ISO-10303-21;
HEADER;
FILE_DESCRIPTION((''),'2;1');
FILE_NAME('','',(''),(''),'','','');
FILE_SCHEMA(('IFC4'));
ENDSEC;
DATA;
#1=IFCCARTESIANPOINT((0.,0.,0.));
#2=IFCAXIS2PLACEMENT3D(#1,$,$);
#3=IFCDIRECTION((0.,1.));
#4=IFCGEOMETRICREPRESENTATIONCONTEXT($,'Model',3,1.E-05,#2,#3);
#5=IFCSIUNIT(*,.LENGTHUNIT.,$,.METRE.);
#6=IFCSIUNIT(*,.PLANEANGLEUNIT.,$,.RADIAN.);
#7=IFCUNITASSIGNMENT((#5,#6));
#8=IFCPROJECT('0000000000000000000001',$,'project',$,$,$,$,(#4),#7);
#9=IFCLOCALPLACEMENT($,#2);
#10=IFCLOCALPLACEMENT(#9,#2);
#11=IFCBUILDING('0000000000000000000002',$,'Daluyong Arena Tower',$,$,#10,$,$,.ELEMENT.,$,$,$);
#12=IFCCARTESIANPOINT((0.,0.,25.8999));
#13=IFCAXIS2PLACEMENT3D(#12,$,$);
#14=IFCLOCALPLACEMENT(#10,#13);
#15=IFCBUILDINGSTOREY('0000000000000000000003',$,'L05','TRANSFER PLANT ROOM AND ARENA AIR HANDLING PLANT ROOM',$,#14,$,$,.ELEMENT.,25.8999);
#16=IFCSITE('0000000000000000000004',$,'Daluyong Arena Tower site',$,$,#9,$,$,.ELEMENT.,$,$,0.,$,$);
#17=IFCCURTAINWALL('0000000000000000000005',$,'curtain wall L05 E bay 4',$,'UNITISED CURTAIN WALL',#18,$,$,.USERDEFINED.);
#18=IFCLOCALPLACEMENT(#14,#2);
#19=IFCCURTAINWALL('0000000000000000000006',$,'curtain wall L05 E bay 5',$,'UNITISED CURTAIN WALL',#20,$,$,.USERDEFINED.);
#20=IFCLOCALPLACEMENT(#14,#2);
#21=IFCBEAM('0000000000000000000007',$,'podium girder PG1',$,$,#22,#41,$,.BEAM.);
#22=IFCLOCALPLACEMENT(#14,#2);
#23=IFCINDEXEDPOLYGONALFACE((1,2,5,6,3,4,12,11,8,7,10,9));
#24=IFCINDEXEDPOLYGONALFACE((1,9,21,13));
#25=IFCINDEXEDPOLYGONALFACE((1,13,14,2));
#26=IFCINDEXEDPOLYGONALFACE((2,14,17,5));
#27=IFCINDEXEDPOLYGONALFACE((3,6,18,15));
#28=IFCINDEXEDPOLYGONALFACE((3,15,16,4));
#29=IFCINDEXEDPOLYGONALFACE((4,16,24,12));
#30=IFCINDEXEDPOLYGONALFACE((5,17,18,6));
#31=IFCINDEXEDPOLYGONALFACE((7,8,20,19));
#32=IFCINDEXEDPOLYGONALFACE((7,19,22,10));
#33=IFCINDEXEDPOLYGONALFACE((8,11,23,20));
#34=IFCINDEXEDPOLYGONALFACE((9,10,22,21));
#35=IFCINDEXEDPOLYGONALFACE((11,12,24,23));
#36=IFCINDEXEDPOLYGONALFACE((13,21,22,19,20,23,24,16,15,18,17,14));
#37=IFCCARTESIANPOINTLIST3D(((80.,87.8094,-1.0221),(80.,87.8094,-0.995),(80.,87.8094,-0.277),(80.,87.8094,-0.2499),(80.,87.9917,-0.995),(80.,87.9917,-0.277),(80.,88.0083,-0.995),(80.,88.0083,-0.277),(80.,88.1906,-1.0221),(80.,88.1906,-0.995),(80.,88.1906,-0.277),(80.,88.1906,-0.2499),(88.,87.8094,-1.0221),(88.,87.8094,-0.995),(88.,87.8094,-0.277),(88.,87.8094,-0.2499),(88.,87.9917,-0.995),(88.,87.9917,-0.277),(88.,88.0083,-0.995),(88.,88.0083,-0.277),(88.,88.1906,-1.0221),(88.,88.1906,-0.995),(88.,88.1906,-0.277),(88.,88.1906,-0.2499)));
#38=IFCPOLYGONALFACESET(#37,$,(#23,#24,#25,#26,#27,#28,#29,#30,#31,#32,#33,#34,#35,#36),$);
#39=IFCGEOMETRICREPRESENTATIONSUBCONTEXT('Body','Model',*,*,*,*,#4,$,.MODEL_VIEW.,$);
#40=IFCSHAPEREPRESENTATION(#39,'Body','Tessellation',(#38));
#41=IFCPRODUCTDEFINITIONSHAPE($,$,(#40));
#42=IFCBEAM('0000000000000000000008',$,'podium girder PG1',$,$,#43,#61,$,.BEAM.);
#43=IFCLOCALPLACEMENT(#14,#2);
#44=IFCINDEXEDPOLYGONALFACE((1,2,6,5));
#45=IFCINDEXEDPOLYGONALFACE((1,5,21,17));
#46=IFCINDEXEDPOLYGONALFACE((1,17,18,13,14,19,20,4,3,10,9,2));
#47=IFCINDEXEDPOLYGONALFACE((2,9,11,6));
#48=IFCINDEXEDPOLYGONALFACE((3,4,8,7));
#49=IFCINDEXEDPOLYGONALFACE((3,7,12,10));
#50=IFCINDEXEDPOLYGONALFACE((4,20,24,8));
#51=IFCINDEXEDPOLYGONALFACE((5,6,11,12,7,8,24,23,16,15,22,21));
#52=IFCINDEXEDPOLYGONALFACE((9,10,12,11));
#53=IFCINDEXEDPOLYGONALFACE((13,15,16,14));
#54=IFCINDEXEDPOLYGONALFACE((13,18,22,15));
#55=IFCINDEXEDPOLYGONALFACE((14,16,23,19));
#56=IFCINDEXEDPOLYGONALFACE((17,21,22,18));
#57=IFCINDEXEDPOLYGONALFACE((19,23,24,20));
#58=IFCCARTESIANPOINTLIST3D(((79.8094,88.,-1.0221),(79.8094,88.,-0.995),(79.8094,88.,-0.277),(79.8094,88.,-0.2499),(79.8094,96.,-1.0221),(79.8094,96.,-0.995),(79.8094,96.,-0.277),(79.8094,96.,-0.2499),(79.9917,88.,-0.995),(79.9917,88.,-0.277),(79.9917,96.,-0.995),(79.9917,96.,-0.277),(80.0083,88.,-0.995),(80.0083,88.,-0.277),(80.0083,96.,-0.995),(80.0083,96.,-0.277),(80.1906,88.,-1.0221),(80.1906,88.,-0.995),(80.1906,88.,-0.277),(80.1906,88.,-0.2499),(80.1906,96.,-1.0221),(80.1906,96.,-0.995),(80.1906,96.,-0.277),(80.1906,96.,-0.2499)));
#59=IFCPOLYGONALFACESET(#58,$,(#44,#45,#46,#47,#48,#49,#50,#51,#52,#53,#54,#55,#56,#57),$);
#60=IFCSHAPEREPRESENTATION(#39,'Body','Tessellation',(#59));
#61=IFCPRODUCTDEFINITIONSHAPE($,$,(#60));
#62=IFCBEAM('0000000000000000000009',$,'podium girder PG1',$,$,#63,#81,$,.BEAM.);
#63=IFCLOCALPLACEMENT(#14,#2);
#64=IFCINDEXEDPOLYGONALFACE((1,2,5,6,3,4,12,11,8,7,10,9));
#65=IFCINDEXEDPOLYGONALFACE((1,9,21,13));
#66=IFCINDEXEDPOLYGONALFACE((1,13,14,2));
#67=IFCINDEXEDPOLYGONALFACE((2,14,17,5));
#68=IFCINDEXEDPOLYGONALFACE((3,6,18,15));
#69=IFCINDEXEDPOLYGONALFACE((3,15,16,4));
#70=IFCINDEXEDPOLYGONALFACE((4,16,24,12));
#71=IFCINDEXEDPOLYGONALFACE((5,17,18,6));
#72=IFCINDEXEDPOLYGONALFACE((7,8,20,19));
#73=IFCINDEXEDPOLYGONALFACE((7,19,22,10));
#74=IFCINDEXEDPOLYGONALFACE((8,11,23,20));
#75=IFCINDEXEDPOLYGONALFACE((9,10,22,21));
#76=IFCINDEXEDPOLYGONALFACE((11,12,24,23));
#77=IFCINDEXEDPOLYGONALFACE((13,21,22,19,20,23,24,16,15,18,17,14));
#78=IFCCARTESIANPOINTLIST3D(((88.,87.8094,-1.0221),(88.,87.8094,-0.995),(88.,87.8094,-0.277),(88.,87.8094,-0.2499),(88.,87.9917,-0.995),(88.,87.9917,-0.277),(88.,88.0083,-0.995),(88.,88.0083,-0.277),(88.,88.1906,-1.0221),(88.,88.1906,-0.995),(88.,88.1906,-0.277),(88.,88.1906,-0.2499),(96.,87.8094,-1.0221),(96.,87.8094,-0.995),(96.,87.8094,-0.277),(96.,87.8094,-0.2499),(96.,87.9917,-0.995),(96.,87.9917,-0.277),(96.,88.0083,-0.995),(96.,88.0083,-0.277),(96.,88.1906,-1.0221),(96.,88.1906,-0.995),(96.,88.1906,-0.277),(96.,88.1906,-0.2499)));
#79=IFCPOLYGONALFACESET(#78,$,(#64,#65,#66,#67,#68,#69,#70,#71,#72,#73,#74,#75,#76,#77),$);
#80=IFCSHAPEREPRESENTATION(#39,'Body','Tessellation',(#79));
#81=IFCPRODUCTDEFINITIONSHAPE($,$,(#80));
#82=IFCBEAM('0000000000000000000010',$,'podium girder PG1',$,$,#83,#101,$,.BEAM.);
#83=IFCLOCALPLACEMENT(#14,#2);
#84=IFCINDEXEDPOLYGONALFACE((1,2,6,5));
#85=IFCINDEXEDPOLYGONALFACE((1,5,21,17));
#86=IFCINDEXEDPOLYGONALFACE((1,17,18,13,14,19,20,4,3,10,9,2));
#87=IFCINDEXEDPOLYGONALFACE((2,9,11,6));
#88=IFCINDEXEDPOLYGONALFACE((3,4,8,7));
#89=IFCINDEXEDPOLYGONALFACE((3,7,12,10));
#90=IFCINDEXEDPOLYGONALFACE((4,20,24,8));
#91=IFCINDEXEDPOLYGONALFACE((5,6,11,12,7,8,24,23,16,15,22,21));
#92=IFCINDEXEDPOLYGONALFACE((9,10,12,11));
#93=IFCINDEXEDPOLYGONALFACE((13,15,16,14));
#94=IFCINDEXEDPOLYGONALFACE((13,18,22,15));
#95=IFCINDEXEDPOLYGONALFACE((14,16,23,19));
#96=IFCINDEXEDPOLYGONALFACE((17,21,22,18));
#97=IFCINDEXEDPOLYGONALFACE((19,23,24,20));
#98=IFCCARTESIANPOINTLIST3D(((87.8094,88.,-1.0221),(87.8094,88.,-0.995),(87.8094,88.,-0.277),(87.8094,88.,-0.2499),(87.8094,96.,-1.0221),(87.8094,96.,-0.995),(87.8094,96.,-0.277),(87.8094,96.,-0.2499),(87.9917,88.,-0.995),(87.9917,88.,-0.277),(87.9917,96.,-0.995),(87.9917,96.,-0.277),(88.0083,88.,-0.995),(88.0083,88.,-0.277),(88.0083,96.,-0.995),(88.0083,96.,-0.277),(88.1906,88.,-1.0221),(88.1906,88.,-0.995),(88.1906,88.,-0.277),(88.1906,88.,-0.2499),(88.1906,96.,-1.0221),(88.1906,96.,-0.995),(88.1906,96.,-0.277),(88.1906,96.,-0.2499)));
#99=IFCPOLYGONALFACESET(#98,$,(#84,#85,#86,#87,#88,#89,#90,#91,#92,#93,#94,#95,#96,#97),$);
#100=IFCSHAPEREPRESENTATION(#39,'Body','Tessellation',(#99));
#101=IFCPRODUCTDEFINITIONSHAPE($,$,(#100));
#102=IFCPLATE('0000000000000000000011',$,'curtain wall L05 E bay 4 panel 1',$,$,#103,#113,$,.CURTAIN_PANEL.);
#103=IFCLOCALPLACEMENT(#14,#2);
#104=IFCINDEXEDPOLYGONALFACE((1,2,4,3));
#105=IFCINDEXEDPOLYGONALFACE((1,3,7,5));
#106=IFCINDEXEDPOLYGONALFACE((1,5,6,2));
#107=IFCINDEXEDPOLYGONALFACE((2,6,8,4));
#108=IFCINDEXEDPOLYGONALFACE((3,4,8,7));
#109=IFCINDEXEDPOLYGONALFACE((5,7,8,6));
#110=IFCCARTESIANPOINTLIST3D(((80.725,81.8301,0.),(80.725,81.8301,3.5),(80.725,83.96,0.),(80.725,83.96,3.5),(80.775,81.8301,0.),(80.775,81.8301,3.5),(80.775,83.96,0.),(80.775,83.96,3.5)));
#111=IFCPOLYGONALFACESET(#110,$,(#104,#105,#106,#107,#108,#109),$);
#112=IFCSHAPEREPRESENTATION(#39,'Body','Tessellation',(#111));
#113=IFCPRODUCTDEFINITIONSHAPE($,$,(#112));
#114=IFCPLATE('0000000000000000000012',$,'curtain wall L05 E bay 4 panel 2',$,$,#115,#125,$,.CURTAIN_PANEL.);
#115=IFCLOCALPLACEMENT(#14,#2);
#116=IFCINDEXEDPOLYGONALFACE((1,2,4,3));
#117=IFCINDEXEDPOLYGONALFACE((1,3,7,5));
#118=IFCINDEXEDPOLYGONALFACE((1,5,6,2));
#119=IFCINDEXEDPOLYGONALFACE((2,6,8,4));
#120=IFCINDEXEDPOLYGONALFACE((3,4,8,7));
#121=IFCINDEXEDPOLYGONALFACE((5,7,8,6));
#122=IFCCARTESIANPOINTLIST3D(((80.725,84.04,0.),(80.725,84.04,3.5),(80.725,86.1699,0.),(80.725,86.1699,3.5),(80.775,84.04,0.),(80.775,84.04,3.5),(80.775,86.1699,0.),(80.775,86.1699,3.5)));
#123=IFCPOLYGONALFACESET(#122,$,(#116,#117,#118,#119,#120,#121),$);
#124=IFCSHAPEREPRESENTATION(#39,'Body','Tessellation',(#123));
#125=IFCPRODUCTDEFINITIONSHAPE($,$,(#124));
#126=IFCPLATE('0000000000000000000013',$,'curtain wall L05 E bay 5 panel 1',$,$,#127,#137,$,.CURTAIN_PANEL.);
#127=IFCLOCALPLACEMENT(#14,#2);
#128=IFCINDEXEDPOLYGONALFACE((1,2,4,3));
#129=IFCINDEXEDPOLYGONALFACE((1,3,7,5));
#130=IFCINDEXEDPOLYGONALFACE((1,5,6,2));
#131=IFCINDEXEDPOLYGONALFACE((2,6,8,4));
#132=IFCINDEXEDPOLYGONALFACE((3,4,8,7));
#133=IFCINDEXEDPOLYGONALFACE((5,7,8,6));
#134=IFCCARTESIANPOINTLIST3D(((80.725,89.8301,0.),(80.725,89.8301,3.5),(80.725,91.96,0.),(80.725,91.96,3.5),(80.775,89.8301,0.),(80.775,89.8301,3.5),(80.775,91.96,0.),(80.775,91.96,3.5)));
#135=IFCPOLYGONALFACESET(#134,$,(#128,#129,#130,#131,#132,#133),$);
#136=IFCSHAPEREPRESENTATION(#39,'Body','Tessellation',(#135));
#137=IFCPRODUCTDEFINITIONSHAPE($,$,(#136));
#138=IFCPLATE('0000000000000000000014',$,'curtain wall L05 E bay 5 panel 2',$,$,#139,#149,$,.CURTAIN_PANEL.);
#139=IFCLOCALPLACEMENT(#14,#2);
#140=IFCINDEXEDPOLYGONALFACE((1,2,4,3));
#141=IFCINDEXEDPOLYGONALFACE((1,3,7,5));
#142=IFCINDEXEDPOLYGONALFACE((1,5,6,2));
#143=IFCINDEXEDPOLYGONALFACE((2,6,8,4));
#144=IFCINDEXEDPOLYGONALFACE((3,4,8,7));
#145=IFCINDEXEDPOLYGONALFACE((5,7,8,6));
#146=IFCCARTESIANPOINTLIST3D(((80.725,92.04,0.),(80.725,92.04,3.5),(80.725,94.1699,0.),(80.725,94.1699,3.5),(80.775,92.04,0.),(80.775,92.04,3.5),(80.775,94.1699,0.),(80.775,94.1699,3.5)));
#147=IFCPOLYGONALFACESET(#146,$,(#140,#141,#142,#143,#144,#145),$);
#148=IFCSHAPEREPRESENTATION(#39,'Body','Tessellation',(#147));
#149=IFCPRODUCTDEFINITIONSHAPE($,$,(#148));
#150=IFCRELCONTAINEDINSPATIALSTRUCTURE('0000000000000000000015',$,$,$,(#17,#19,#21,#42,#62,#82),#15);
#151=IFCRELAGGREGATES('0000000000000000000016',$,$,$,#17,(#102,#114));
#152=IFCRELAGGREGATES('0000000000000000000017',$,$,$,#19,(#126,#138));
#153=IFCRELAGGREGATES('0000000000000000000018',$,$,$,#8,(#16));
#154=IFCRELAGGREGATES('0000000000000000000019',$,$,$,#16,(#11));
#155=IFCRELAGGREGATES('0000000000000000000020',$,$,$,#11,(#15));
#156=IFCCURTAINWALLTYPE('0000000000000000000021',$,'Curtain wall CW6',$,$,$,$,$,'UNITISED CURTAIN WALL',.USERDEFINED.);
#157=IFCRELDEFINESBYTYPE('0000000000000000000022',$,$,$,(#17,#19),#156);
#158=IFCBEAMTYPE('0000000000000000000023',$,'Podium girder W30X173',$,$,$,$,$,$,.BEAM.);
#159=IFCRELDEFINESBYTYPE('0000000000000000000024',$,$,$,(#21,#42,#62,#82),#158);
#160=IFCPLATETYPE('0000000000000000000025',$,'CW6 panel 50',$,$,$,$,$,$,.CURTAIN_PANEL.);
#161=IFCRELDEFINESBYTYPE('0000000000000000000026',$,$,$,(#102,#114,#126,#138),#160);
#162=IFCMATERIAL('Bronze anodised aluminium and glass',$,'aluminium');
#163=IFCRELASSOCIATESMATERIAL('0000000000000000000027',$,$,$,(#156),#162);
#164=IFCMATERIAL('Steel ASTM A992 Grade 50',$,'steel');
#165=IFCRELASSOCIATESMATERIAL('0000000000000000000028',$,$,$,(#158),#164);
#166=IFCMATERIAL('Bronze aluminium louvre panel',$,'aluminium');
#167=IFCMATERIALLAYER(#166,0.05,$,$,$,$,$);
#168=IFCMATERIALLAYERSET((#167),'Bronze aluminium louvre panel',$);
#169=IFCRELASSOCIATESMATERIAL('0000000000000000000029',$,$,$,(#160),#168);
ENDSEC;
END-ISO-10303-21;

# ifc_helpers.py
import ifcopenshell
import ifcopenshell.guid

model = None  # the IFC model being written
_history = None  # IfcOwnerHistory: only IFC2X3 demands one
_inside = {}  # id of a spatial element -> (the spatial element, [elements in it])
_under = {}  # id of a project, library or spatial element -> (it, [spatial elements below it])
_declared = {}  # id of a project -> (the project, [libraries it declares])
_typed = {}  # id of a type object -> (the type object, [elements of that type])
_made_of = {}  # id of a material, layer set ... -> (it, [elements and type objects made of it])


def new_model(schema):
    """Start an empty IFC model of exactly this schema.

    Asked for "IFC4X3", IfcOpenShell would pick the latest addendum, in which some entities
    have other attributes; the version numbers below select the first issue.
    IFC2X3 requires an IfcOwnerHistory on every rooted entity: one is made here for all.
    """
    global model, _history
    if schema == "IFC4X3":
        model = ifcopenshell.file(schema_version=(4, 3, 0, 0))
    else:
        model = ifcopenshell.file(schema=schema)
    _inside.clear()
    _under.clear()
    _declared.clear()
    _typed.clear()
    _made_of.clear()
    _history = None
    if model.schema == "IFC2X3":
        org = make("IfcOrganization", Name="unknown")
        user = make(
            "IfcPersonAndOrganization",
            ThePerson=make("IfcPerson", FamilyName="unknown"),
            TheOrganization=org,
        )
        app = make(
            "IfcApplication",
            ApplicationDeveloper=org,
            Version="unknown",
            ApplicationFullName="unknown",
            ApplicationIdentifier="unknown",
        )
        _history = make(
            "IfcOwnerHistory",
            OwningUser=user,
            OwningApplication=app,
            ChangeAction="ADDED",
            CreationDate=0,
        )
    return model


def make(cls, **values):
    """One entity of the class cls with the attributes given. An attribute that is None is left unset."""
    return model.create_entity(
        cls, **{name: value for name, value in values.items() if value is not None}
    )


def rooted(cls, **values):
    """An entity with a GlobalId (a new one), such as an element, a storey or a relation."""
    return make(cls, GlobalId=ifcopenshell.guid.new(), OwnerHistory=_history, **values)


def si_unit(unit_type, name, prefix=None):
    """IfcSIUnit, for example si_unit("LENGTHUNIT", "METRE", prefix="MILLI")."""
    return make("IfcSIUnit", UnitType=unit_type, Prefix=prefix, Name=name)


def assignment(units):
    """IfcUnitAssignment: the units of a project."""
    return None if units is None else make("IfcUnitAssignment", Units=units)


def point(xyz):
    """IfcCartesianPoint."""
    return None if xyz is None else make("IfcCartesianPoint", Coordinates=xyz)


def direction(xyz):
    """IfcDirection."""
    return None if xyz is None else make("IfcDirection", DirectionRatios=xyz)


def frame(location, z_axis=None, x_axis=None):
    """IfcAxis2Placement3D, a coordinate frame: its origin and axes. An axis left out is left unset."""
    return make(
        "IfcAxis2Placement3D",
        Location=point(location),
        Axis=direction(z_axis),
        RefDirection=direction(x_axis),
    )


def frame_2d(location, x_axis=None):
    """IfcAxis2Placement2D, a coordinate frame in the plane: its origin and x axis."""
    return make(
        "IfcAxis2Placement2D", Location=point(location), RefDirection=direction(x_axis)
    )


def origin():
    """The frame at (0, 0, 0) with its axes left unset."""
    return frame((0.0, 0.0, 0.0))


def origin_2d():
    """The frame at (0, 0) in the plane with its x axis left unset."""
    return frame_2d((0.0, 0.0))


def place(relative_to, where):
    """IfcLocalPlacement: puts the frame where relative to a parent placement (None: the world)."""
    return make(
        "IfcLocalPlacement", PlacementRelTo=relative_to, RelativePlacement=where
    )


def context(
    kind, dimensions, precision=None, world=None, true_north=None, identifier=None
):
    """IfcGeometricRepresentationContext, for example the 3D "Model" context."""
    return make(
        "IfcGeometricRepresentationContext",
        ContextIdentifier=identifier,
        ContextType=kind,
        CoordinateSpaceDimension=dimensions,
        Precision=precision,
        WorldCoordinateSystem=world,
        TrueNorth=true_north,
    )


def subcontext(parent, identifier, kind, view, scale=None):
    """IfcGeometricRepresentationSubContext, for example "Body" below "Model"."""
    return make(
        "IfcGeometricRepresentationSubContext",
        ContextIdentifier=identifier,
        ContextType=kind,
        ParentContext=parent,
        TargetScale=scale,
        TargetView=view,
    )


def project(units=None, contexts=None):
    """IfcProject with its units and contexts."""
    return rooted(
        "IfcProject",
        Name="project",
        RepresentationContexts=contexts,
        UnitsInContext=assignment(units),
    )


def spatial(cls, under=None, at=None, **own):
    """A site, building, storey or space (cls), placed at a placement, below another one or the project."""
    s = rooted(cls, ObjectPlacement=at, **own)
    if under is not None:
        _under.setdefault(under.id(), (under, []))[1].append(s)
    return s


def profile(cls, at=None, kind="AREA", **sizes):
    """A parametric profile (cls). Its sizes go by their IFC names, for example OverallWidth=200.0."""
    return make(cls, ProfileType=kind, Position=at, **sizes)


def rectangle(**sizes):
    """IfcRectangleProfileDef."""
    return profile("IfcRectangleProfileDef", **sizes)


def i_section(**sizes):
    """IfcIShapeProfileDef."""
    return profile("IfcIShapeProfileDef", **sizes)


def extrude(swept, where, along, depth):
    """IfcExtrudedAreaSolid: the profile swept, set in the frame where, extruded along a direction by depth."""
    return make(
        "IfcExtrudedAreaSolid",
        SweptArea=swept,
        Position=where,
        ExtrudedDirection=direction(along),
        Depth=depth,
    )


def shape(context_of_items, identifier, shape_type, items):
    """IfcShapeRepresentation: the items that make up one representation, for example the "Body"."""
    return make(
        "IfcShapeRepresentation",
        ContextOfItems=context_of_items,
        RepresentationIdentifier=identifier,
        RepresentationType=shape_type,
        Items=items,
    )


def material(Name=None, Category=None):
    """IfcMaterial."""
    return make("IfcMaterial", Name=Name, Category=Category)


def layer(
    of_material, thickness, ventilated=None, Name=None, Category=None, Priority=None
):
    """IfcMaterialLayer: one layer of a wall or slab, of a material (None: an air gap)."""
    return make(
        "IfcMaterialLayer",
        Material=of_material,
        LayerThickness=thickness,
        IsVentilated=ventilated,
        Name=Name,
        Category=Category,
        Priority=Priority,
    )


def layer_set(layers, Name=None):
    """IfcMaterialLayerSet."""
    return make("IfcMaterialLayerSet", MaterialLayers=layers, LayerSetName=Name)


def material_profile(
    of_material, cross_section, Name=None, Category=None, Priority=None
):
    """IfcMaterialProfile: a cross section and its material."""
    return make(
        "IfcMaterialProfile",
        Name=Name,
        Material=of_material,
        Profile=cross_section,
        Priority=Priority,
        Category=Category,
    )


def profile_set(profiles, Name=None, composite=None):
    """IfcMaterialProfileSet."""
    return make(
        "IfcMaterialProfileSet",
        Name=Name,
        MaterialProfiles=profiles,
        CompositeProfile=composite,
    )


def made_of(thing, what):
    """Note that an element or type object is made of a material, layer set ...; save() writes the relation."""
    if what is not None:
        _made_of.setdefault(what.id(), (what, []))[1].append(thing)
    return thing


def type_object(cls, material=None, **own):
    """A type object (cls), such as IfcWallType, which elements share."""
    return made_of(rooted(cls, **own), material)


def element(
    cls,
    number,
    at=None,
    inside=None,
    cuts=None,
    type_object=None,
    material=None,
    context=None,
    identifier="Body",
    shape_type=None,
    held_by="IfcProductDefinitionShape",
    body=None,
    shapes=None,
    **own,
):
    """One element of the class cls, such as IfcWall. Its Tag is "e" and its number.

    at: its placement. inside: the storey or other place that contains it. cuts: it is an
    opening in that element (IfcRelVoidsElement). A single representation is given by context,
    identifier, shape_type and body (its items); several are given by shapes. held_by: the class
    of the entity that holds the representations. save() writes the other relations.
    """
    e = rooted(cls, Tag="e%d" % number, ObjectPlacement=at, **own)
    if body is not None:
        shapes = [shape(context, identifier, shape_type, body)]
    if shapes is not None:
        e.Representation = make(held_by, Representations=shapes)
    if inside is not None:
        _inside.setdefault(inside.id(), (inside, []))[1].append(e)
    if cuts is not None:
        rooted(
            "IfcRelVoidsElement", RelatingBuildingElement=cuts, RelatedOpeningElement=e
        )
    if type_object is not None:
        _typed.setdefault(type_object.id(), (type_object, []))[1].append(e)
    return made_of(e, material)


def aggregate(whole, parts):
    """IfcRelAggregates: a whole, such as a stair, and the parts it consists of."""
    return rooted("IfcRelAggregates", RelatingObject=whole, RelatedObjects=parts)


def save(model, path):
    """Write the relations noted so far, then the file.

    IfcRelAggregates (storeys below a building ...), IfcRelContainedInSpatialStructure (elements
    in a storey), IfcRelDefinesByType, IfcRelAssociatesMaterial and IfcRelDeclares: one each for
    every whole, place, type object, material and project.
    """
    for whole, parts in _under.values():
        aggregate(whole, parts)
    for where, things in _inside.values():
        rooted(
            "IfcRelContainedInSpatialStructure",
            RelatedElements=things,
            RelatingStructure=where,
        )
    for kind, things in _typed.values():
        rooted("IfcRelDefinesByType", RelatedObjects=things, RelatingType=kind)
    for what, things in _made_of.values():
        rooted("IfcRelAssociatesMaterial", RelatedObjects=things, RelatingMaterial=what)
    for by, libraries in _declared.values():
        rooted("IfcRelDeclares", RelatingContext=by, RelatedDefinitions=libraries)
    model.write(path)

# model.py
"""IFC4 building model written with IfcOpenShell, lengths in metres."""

from ifc_helpers import new_model, si_unit, direction, frame, origin, origin_2d, place, context, subcontext, project, spatial, rectangle, i_section, extrude, material, layer, layer_set, material_profile, profile_set, type_object, element, aggregate, save


model = new_model("IFC4")

# Units and contexts
model_context = context("Model", 3, precision=1e-05, world=origin(), true_north=direction((0.0, 1.0)))
body_context = subcontext(model_context, "Body", "Model", "MODEL_VIEW")
ifc_project = project(units=[si_unit("LENGTHUNIT", "METRE"), si_unit("PLANEANGLEUNIT", "RADIAN")], contexts=[model_context])

# Site, building, storey
site_placement = place(None, origin())
site = spatial("IfcSite", under=ifc_project, at=site_placement, Name="Daluyong Arena Tower site", CompositionType="ELEMENT", RefElevation=0.0)
building_placement = place(site_placement, origin())
building = spatial("IfcBuilding", under=site, at=building_placement, Name="Daluyong Arena Tower", CompositionType="ELEMENT")
storey_placement = place(building_placement, frame((0.0, 0.0, 25.8999)))
storey = spatial("IfcBuildingStorey", under=building, at=storey_placement, Name="L05", Description="TRANSFER PLANT ROOM AND ARENA AIR HANDLING PLANT ROOM", CompositionType="ELEMENT", Elevation=25.8999)

# Curtain walls
ifc_material_1 = material(Name="Bronze anodised aluminium and glass", Category="aluminium")
curtain_wall_type = type_object("IfcCurtainWallType", Name="Curtain wall CW6", ElementType="UNITISED CURTAIN WALL", PredefinedType="USERDEFINED", material=ifc_material_1)
curtain_wall_1_placement = place(storey_placement, origin())
curtain_wall_1 = element("IfcCurtainWall", 1, at=curtain_wall_1_placement, inside=storey, type_object=curtain_wall_type, Name="curtain wall L05 E bay 4", ObjectType="UNITISED CURTAIN WALL", PredefinedType="USERDEFINED")
curtain_wall_2_placement = place(storey_placement, origin())
curtain_wall_2 = element("IfcCurtainWall", 2, at=curtain_wall_2_placement, inside=storey, type_object=curtain_wall_type, Name="curtain wall L05 E bay 5", ObjectType="UNITISED CURTAIN WALL", PredefinedType="USERDEFINED")

# Beams
ifc_material_2 = material(Name="Steel ASTM A992 Grade 50", Category="steel")
ifc_material_profile_1 = material_profile(ifc_material_2, i_section(OverallWidth=0.3811, OverallDepth=0.7722, WebThickness=0.0166, FlangeThickness=0.0271, at=origin_2d()))
ifc_profile_set_1 = profile_set([ifc_material_profile_1], Name="Steel ASTM A992 Grade 50")
beam_type_1 = type_object("IfcBeamType", Name="Podium girder W30X173", PredefinedType="BEAM", material=ifc_profile_set_1)
for number, where, z_axis, x_axis, name in (
    (3, (80.0, 88.0, -0.636), (1.0, 0.0, 0.0), (0.0, 1.0, 0.0), "podium girder PG1"),
    (4, (80.0, 88.0, -0.636), (0.0, 1.0, 0.0), (-1.0, 0.0, 0.0), "podium girder PG1"),
    (5, (88.0, 88.0, -0.636), (1.0, 0.0, 0.0), (0.0, 1.0, 0.0), "podium girder PG1"),
    (6, (88.0, 88.0, -0.636), (0.0, 1.0, 0.0), (-1.0, 0.0, 0.0), "podium girder PG1"),
):
    element("IfcBeam", number, at=place(storey_placement, frame(where, z_axis=z_axis, x_axis=x_axis)), inside=storey, type_object=beam_type_1, Name=name, PredefinedType="BEAM", context=body_context, shape_type="SweptSolid", body=[
        extrude(i_section(OverallWidth=0.3811, OverallDepth=0.7722, WebThickness=0.0166, FlangeThickness=0.0271, at=origin_2d()), origin(), (0.0, 0.0, 1.0), 8.0),
    ])

# Plates
ifc_material_3 = material(Name="Bronze aluminium louvre panel", Category="aluminium")
ifc_layer = layer(ifc_material_3, 0.05)
ifc_layer_set = layer_set([ifc_layer], Name="Bronze aluminium louvre panel")
plate_type = type_object("IfcPlateType", Name="CW6 panel 50", PredefinedType="CURTAIN_PANEL", material=ifc_layer_set)
plate_1_placement = place(storey_placement, frame((80.75, 82.895, 0.0), z_axis=(0.0, 0.0, 1.0), x_axis=(0.0, 1.0, 0.0)))
plate_1 = element("IfcPlate", 7, at=plate_1_placement, type_object=plate_type, Name="curtain wall L05 E bay 4 panel 1", PredefinedType="CURTAIN_PANEL", context=body_context, shape_type="SweptSolid", body=[
    extrude(rectangle(XDim=2.1299, YDim=0.05, at=origin_2d()), origin(), (0.0, 0.0, 1.0), 3.5),
])
plate_2_placement = place(storey_placement, frame((80.75, 85.105, 0.0), z_axis=(0.0, 0.0, 1.0), x_axis=(0.0, 1.0, 0.0)))
plate_2 = element("IfcPlate", 8, at=plate_2_placement, type_object=plate_type, Name="curtain wall L05 E bay 4 panel 2", PredefinedType="CURTAIN_PANEL", context=body_context, shape_type="SweptSolid", body=[
    extrude(rectangle(XDim=2.1299, YDim=0.05, at=origin_2d()), origin(), (0.0, 0.0, 1.0), 3.5),
])
aggregate(curtain_wall_1, [plate_1, plate_2])
plate_3_placement = place(storey_placement, frame((80.75, 90.895, 0.0), z_axis=(0.0, 0.0, 1.0), x_axis=(0.0, 1.0, 0.0)))
plate_3 = element("IfcPlate", 9, at=plate_3_placement, type_object=plate_type, Name="curtain wall L05 E bay 5 panel 1", PredefinedType="CURTAIN_PANEL", context=body_context, shape_type="SweptSolid", body=[
    extrude(rectangle(XDim=2.1299, YDim=0.05, at=origin_2d()), origin(), (0.0, 0.0, 1.0), 3.5),
])
plate_4_placement = place(storey_placement, frame((80.75, 93.105, 0.0), z_axis=(0.0, 0.0, 1.0), x_axis=(0.0, 1.0, 0.0)))
plate_4 = element("IfcPlate", 10, at=plate_4_placement, type_object=plate_type, Name="curtain wall L05 E bay 5 panel 2", PredefinedType="CURTAIN_PANEL", context=body_context, shape_type="SweptSolid", body=[
    extrude(rectangle(XDim=2.1299, YDim=0.05, at=origin_2d()), origin(), (0.0, 0.0, 1.0), 3.5),
])
aggregate(curtain_wall_2, [plate_3, plate_4])

save(model, "model.ifc")
